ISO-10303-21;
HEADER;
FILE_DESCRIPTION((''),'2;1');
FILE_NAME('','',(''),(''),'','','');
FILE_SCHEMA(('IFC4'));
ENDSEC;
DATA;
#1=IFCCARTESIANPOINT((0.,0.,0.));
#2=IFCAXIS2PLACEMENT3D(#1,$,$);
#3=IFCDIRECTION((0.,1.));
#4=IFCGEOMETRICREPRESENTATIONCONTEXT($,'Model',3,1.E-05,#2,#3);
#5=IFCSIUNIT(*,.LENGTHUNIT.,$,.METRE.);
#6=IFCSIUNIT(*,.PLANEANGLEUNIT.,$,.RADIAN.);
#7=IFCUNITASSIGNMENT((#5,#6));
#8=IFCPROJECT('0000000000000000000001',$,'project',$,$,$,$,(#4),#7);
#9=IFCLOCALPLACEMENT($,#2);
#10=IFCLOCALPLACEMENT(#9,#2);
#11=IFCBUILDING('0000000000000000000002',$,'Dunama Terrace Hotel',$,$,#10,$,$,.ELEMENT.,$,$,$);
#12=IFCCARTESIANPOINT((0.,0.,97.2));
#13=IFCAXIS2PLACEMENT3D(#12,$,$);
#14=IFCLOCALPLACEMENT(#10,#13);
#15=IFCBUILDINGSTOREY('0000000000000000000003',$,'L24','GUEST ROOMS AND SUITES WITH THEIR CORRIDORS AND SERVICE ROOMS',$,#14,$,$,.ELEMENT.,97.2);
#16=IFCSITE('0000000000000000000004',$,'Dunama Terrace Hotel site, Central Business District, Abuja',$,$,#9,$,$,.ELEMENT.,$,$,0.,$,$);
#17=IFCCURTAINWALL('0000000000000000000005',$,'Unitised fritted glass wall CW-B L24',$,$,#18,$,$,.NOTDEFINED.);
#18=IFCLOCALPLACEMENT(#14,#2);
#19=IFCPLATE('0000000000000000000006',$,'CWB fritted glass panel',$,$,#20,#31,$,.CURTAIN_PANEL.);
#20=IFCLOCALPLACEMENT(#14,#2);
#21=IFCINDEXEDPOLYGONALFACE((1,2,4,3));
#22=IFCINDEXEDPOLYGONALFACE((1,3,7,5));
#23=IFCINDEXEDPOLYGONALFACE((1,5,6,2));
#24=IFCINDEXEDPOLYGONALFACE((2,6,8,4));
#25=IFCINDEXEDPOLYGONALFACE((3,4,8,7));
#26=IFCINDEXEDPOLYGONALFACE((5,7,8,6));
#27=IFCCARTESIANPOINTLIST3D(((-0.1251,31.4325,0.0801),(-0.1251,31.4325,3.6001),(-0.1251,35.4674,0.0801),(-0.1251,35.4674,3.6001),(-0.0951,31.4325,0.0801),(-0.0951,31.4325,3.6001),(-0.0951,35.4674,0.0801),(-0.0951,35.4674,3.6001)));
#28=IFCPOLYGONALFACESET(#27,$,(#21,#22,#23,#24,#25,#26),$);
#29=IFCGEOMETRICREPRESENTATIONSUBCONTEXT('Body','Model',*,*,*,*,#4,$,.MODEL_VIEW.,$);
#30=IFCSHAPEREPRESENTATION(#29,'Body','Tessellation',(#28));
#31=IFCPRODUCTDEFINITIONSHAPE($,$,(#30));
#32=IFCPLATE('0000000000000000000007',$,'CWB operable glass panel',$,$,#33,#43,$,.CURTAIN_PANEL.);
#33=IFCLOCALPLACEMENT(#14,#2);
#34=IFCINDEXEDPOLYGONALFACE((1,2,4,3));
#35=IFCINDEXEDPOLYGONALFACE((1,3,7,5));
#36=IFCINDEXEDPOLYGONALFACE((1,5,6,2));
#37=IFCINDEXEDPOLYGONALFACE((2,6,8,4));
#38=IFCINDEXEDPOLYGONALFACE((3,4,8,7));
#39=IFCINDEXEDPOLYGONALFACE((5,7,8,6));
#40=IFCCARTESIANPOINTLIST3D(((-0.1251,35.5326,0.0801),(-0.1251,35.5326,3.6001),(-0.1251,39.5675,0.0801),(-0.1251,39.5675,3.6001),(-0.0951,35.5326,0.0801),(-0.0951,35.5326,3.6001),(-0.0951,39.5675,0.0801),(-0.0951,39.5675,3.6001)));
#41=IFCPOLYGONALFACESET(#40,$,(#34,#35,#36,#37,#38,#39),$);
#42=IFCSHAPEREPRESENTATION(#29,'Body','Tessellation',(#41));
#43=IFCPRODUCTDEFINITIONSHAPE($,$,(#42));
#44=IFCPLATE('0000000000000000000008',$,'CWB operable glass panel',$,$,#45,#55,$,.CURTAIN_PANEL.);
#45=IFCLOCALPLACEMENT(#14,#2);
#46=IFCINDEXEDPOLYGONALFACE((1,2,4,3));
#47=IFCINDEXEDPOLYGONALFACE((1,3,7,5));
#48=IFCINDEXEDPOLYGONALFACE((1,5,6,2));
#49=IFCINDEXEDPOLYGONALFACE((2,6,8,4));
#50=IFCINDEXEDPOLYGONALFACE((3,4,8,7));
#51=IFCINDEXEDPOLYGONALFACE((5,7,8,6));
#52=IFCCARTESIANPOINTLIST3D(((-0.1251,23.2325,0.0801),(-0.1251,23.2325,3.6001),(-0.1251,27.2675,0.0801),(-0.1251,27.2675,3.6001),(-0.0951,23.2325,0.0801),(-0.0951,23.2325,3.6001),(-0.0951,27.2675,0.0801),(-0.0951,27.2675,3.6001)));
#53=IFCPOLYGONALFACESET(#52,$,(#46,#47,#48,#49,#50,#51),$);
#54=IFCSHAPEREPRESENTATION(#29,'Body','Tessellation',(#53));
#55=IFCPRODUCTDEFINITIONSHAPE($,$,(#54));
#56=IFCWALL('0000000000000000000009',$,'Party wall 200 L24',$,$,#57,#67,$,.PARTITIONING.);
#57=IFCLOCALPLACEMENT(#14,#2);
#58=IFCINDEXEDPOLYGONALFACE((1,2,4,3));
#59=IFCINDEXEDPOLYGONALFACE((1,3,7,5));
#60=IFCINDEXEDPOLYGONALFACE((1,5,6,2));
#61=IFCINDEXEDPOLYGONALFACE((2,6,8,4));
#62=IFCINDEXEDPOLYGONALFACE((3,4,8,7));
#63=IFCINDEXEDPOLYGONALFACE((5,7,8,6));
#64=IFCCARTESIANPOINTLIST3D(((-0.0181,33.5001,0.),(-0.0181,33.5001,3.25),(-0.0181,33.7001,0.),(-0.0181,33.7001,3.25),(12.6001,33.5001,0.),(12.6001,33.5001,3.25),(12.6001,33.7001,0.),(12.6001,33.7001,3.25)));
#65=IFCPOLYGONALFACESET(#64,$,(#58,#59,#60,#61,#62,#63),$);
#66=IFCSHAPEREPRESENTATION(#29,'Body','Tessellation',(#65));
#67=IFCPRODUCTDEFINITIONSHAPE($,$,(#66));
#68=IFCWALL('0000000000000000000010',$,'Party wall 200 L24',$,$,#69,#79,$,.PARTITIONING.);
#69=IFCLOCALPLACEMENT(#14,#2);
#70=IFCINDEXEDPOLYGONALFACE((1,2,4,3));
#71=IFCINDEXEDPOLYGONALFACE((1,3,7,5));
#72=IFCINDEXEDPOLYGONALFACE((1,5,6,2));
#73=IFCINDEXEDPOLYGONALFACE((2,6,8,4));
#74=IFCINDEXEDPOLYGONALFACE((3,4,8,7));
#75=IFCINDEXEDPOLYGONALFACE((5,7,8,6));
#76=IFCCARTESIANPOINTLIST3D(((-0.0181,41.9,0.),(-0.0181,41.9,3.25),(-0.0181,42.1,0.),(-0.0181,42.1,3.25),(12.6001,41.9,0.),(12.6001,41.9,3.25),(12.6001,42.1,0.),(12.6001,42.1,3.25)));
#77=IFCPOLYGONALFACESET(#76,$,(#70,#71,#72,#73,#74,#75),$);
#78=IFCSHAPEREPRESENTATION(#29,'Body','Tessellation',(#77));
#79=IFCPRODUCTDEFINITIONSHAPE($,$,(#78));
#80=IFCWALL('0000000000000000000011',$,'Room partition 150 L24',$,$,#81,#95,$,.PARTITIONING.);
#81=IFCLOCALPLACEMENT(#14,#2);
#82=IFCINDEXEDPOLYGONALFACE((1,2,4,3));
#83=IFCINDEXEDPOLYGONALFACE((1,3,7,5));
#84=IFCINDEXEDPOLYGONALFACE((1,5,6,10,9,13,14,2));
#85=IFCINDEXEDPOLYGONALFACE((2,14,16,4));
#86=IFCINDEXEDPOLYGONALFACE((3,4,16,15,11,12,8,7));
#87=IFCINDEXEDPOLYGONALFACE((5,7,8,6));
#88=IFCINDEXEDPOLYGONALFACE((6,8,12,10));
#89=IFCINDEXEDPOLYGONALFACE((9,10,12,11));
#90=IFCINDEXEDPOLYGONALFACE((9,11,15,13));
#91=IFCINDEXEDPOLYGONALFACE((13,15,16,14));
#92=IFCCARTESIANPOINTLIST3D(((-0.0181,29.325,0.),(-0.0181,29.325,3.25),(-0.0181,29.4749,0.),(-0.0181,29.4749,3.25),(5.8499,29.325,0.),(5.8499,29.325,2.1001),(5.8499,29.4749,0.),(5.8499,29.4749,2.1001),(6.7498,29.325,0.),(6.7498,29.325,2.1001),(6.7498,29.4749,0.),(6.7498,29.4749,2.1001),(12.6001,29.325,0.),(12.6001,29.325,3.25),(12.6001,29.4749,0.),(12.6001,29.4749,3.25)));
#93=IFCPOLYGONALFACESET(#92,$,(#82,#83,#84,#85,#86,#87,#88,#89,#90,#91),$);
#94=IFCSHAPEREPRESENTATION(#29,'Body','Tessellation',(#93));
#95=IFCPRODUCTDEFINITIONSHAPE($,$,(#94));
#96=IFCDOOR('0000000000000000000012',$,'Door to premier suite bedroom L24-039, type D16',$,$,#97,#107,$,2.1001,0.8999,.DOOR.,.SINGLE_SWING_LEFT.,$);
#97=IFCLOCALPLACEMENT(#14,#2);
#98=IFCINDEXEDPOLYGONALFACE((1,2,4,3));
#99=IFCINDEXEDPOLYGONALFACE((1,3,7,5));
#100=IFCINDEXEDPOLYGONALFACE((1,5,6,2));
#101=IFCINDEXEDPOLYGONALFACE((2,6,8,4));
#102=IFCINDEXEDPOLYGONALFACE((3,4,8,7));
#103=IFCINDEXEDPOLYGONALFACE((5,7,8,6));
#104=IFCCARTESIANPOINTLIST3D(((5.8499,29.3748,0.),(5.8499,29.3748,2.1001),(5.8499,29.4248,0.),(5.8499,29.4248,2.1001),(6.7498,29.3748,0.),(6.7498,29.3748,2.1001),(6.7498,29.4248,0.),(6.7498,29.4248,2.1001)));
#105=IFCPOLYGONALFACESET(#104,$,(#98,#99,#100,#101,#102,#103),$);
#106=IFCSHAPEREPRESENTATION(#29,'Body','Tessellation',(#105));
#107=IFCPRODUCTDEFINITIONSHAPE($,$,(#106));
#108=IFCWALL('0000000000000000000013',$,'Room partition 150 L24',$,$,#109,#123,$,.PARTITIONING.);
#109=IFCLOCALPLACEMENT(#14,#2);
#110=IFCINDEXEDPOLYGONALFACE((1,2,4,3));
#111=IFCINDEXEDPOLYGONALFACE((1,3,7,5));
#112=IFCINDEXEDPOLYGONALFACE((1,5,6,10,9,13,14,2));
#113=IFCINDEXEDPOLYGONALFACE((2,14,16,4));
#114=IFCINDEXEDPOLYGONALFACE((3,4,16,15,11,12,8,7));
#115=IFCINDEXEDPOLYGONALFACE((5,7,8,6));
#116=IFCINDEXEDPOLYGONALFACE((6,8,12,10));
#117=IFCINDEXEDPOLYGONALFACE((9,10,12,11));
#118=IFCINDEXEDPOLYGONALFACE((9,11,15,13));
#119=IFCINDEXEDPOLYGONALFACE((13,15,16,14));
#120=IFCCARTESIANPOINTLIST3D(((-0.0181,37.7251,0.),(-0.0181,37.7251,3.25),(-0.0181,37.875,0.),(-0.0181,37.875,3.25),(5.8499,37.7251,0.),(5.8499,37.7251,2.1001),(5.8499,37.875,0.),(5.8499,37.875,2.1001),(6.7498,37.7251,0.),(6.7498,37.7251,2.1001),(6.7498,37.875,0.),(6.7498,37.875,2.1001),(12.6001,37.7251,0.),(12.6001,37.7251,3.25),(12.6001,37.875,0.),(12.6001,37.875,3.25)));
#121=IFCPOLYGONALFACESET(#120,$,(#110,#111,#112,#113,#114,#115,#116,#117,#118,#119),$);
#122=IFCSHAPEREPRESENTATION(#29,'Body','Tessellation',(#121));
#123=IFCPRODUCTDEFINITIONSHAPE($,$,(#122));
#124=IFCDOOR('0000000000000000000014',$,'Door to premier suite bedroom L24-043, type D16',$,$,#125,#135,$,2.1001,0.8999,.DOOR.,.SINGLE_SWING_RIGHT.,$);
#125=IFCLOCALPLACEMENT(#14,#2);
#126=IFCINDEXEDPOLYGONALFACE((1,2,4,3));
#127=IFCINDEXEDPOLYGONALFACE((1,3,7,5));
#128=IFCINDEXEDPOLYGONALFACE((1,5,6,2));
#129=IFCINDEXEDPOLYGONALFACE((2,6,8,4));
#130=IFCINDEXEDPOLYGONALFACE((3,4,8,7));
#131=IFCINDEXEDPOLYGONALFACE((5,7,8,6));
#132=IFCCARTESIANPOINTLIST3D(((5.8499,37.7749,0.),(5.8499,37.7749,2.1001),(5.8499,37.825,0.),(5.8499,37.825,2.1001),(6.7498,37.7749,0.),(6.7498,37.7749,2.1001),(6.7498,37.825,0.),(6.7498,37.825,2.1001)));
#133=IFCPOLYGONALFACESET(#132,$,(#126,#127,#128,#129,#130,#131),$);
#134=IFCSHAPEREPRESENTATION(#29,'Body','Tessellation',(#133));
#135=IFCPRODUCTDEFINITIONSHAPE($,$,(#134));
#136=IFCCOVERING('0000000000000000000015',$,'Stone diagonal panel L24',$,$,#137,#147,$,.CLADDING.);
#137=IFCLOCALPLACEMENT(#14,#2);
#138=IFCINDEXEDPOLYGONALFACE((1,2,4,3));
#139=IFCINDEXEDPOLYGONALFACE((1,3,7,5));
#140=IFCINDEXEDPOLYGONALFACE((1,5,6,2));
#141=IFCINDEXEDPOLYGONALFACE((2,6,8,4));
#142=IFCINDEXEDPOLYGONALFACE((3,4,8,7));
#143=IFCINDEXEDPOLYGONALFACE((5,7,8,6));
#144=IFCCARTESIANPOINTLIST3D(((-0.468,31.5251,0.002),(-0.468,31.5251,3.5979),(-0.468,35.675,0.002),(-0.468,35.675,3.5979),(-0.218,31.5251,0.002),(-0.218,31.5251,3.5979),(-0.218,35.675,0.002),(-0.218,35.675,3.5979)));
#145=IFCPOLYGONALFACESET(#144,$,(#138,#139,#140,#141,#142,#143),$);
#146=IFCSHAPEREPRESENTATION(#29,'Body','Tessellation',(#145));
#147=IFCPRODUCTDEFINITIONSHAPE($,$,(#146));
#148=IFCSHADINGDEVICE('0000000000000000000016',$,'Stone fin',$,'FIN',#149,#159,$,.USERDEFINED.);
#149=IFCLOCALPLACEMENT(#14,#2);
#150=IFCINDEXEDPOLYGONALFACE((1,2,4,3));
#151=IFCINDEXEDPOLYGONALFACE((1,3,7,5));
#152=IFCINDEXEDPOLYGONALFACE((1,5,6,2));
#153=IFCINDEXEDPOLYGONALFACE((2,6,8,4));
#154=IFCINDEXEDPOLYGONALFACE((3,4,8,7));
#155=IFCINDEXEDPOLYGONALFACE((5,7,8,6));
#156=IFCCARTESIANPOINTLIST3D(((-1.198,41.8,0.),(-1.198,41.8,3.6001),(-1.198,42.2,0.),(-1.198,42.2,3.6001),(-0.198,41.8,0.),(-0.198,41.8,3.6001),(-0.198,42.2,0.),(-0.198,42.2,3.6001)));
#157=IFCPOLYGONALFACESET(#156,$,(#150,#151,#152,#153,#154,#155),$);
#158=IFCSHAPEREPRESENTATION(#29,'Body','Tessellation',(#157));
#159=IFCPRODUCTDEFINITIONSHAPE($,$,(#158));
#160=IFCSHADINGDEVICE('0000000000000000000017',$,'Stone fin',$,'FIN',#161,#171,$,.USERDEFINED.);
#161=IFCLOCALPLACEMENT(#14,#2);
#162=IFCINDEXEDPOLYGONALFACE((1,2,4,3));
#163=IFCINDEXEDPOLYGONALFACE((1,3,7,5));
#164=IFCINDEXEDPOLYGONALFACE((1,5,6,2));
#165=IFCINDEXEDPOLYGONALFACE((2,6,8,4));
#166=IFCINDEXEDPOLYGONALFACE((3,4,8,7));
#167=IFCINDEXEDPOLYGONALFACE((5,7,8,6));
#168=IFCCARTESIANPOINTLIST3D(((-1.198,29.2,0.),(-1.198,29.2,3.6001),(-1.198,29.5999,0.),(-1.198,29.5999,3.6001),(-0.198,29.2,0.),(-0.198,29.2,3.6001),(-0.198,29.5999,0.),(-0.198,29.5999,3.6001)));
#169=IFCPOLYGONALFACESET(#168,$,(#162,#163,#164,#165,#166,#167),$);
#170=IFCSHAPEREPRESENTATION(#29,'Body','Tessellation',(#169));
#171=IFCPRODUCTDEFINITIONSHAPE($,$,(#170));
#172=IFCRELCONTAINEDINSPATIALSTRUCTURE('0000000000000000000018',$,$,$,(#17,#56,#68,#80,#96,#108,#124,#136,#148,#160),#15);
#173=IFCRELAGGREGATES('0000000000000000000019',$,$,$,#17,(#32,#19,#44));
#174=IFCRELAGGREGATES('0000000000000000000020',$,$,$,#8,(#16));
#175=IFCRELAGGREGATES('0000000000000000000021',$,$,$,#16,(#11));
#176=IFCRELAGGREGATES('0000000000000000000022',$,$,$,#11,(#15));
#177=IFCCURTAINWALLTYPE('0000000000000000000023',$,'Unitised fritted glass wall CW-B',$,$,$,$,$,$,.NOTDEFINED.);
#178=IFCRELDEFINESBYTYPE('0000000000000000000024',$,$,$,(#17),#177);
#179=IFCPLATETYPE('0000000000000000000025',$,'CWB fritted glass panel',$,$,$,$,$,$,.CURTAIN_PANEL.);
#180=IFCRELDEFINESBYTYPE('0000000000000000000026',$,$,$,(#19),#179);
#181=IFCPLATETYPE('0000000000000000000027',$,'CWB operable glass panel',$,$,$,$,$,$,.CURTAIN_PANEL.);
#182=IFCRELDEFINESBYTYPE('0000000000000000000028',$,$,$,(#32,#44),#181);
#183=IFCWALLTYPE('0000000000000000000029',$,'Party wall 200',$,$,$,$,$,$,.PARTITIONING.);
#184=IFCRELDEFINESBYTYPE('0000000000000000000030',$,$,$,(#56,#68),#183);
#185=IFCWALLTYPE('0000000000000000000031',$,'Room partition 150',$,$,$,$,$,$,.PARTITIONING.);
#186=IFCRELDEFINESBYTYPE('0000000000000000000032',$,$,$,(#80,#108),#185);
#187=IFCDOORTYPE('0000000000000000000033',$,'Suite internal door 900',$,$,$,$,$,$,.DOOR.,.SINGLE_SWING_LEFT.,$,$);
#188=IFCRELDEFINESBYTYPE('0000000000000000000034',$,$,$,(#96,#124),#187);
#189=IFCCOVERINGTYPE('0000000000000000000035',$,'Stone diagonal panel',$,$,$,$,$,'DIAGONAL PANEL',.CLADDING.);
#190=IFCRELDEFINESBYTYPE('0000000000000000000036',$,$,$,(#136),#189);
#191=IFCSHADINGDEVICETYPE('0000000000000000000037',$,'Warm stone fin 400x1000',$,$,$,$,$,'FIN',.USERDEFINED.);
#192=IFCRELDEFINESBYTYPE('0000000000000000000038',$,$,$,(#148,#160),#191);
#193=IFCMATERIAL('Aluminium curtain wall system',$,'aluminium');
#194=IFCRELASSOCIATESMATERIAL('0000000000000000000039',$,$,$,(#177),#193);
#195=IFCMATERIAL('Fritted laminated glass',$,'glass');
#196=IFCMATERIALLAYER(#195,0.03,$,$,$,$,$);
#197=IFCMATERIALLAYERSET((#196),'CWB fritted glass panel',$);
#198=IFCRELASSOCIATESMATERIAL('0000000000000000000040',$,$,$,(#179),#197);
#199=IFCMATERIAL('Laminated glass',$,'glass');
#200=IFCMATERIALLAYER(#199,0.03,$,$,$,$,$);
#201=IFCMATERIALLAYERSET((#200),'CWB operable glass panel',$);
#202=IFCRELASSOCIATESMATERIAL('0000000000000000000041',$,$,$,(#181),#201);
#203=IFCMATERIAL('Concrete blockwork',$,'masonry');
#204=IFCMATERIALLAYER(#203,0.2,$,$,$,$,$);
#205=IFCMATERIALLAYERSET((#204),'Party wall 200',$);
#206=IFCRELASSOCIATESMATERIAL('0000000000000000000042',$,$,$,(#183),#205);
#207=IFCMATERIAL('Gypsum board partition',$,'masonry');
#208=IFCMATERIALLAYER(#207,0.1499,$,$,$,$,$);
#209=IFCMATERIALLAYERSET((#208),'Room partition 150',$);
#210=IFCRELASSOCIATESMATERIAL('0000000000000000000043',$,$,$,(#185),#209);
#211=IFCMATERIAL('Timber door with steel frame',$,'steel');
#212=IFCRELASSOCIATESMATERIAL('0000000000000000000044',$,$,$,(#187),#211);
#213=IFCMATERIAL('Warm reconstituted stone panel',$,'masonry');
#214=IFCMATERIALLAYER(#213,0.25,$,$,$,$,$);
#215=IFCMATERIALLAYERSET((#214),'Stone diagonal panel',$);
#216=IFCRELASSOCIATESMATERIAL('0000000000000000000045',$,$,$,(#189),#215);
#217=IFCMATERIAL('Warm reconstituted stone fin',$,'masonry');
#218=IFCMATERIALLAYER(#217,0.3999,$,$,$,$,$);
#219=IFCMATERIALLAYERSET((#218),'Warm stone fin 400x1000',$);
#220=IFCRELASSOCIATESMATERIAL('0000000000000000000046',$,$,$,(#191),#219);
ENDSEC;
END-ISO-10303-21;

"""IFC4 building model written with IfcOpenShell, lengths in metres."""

from ifc_helpers import new_model, si_unit, direction, frame, frame_2d, origin, origin_2d, place, context, subcontext, project, spatial, rectangle, extrude, material, layer, layer_set, type_object, element, fill, aggregate, save


model = new_model("IFC4")

# Units and contexts
model_context = context("Model", 3, precision=1e-05, world=origin(), true_north=direction((0.0, 1.0)))
body_context = subcontext(model_context, "Body", "Model", "MODEL_VIEW")
ifc_project = project(units=[si_unit("LENGTHUNIT", "METRE"), si_unit("PLANEANGLEUNIT", "RADIAN")], contexts=[model_context])

# Site, building, storey
site_placement = place(None, origin())
site = spatial("IfcSite", under=ifc_project, at=site_placement, Name="Dunama Terrace Hotel site, Central Business District, Abuja", CompositionType="ELEMENT", RefElevation=0.0)
building_placement = place(site_placement, origin())
building = spatial("IfcBuilding", under=site, at=building_placement, Name="Dunama Terrace Hotel", CompositionType="ELEMENT")
storey_placement = place(building_placement, frame((0.0, 0.0, 97.2)))
storey = spatial("IfcBuildingStorey", under=building, at=storey_placement, Name="L24", Description="GUEST ROOMS AND SUITES WITH THEIR CORRIDORS AND SERVICE ROOMS", CompositionType="ELEMENT", Elevation=97.2)

# Curtain wall
ifc_material_1 = material(Name="Aluminium curtain wall system", Category="aluminium")
curtain_wall_type = type_object("IfcCurtainWallType", Name="Unitised fritted glass wall CW-B", PredefinedType="NOTDEFINED", material=ifc_material_1)
curtain_wall_placement = place(storey_placement, origin())
curtain_wall = element("IfcCurtainWall", 1, at=curtain_wall_placement, inside=storey, type_object=curtain_wall_type, Name="Unitised fritted glass wall CW-B L24", PredefinedType="NOTDEFINED")

# Plates
ifc_material_2 = material(Name="Fritted laminated glass", Category="glass")
ifc_layer_1 = layer(ifc_material_2, 0.03)
ifc_layer_set_1 = layer_set([ifc_layer_1], Name="CWB fritted glass panel")
plate_type_1 = type_object("IfcPlateType", Name="CWB fritted glass panel", PredefinedType="CURTAIN_PANEL", material=ifc_layer_set_1)
plate_1_placement = place(storey_placement, frame((-0.1101, 33.45, 0.0801), z_axis=(0.0, 0.0, 1.0), x_axis=(0.0, -1.0, 0.0)))
plate_1 = element("IfcPlate", 2, at=plate_1_placement, type_object=plate_type_1, Name="CWB fritted glass panel", PredefinedType="CURTAIN_PANEL", context=body_context, shape_type="SweptSolid", body=[
    extrude(rectangle(XDim=4.0349, YDim=0.03, at=origin_2d()), origin(), (0.0, 0.0, 1.0), 3.52),
])
ifc_material_3 = material(Name="Laminated glass", Category="glass")
ifc_layer_2 = layer(ifc_material_3, 0.03)
ifc_layer_set_2 = layer_set([ifc_layer_2], Name="CWB operable glass panel")
plate_type_2 = type_object("IfcPlateType", Name="CWB operable glass panel", PredefinedType="CURTAIN_PANEL", material=ifc_layer_set_2)
plate_2_placement = place(storey_placement, frame((-0.1101, 37.55, 0.0801), z_axis=(0.0, 0.0, 1.0), x_axis=(0.0, -1.0, 0.0)))
plate_2 = element("IfcPlate", 3, at=plate_2_placement, type_object=plate_type_2, Name="CWB operable glass panel", PredefinedType="CURTAIN_PANEL", context=body_context, shape_type="SweptSolid", body=[
    extrude(rectangle(XDim=4.0349, YDim=0.03, at=origin_2d()), origin(), (0.0, 0.0, 1.0), 3.52),
])
plate_3_placement = place(storey_placement, frame((-0.1101, 25.25, 0.0801), z_axis=(0.0, 0.0, 1.0), x_axis=(0.0, -1.0, 0.0)))
plate_3 = element("IfcPlate", 4, at=plate_3_placement, type_object=plate_type_2, Name="CWB operable glass panel", PredefinedType="CURTAIN_PANEL", context=body_context, shape_type="SweptSolid", body=[
    extrude(rectangle(XDim=4.0349, YDim=0.03, at=origin_2d()), origin(), (0.0, 0.0, 1.0), 3.52),
])
aggregate(curtain_wall, [plate_2, plate_1, plate_3])

# Walls
ifc_material_4 = material(Name="Concrete blockwork", Category="masonry")
ifc_layer_3 = layer(ifc_material_4, 0.2)
ifc_layer_set_3 = layer_set([ifc_layer_3], Name="Party wall 200")
wall_type_1 = type_object("IfcWallType", Name="Party wall 200", PredefinedType="PARTITIONING", material=ifc_layer_set_3)
for number, where, z_axis, x_axis, name in (
    (5, (-0.0181, 33.6001, 0.0), (0.0, 0.0, 1.0), (1.0, 0.0, 0.0), "Party wall 200 L24"),
    (6, (-0.0181, 42.0, 0.0), (0.0, 0.0, 1.0), (1.0, 0.0, 0.0), "Party wall 200 L24"),
):
    element("IfcWall", number, at=place(storey_placement, frame(where, z_axis=z_axis, x_axis=x_axis)), inside=storey, type_object=wall_type_1, Name=name, PredefinedType="PARTITIONING", context=body_context, shape_type="SweptSolid", body=[
        extrude(rectangle(XDim=12.6182, YDim=0.2, at=frame_2d((6.3091, 0.0))), origin(), (0.0, 0.0, 1.0), 3.25),
    ])

# Walls, openings, doors
ifc_material_5 = material(Name="Gypsum board partition", Category="masonry")
ifc_layer_4 = layer(ifc_material_5, 0.1499)
ifc_layer_set_4 = layer_set([ifc_layer_4], Name="Room partition 150")
wall_type_2 = type_object("IfcWallType", Name="Room partition 150", PredefinedType="PARTITIONING", material=ifc_layer_set_4)
wall_1_placement = place(storey_placement, frame((-0.0181, 29.3999, 0.0), z_axis=(0.0, 0.0, 1.0), x_axis=(1.0, 0.0, 0.0)))
wall_1 = element("IfcWall", 7, at=wall_1_placement, inside=storey, type_object=wall_type_2, Name="Room partition 150 L24", PredefinedType="PARTITIONING", context=body_context, shape_type="SweptSolid", body=[
    extrude(rectangle(XDim=12.6182, YDim=0.1499, at=frame_2d((6.3091, 0.0))), origin(), (0.0, 0.0, 1.0), 3.25),
])
opening_1_placement = place(wall_1_placement, frame((5.8679, 0.0, 0.0)))
opening_1 = element("IfcOpeningElement", 8, at=opening_1_placement, cuts=wall_1, PredefinedType="OPENING", context=body_context, shape_type="SweptSolid", body=[
    extrude(rectangle(XDim=0.8999, YDim=2.1001, at=frame_2d((0.45, 1.05))), frame((0.0, 0.085, 0.0), z_axis=(0.0, -1.0, 0.0), x_axis=(1.0, 0.0, 0.0)), (0.0, 0.0, 1.0), 0.1699),
])
ifc_material_6 = material(Name="Timber door with steel frame", Category="steel")
door_type = type_object("IfcDoorType", Name="Suite internal door 900", OperationType="SINGLE_SWING_LEFT", PredefinedType="DOOR", material=ifc_material_6)
door_1_placement = place(opening_1_placement, frame((0.8999, 0.0, 0.0), z_axis=(0.0, 0.0, 1.0), x_axis=(-1.0, 0.0, 0.0)))
door_1 = element("IfcDoor", 9, at=door_1_placement, inside=storey, type_object=door_type, Name="Door to premier suite bedroom L24-039, type D16", OperationType="SINGLE_SWING_LEFT", OverallHeight=2.1001, OverallWidth=0.8999, PredefinedType="DOOR", context=body_context, shape_type="SweptSolid", body=[
    extrude(rectangle(XDim=0.8999, YDim=2.1001, at=frame_2d((0.45, 1.05))), frame((0.0, 0.0251, 0.0), z_axis=(0.0, -1.0, 0.0), x_axis=(1.0, 0.0, 0.0)), (0.0, 0.0, 1.0), 0.05),
])
fill(opening_1, door_1)
wall_2_placement = place(storey_placement, frame((-0.0181, 37.8, 0.0), z_axis=(0.0, 0.0, 1.0), x_axis=(1.0, 0.0, 0.0)))
wall_2 = element("IfcWall", 10, at=wall_2_placement, inside=storey, type_object=wall_type_2, Name="Room partition 150 L24", PredefinedType="PARTITIONING", context=body_context, shape_type="SweptSolid", body=[
    extrude(rectangle(XDim=12.6182, YDim=0.1499, at=frame_2d((6.3091, 0.0))), origin(), (0.0, 0.0, 1.0), 3.25),
])
opening_2_placement = place(wall_2_placement, frame((5.8679, 0.0, 0.0)))
opening_2 = element("IfcOpeningElement", 11, at=opening_2_placement, cuts=wall_2, PredefinedType="OPENING", context=body_context, shape_type="SweptSolid", body=[
    extrude(rectangle(XDim=0.8999, YDim=2.1001, at=frame_2d((0.45, 1.05))), frame((0.0, 0.085, 0.0), z_axis=(0.0, -1.0, 0.0), x_axis=(1.0, 0.0, 0.0)), (0.0, 0.0, 1.0), 0.1699),
])
door_2_placement = place(opening_2_placement, origin())
door_2 = element("IfcDoor", 12, at=door_2_placement, inside=storey, type_object=door_type, Name="Door to premier suite bedroom L24-043, type D16", OperationType="SINGLE_SWING_RIGHT", OverallHeight=2.1001, OverallWidth=0.8999, PredefinedType="DOOR", context=body_context, shape_type="SweptSolid", body=[
    extrude(rectangle(XDim=0.8999, YDim=2.1001, at=frame_2d((0.45, 1.05))), frame((0.0, 0.0249, 0.0), z_axis=(0.0, -1.0, 0.0), x_axis=(1.0, 0.0, 0.0)), (0.0, 0.0, 1.0), 0.05),
])
fill(opening_2, door_2)

# Covering
ifc_material_7 = material(Name="Warm reconstituted stone panel", Category="masonry")
ifc_layer_5 = layer(ifc_material_7, 0.25)
ifc_layer_set_5 = layer_set([ifc_layer_5], Name="Stone diagonal panel")
covering_type = type_object("IfcCoveringType", Name="Stone diagonal panel", ElementType="DIAGONAL PANEL", PredefinedType="CLADDING", material=ifc_layer_set_5)
covering_placement = place(storey_placement, frame((-0.343, 33.6001, 0.002), z_axis=(0.0, 0.0, 1.0), x_axis=(0.0, -1.0, 0.0)))
element("IfcCovering", 13, at=covering_placement, inside=storey, type_object=covering_type, Name="Stone diagonal panel L24", PredefinedType="CLADDING", context=body_context, shape_type="SweptSolid", body=[
    extrude(rectangle(XDim=4.1499, YDim=0.25, at=origin_2d()), origin(), (0.0, 0.0, 1.0), 3.5959),
])

# Shading devices
ifc_material_8 = material(Name="Warm reconstituted stone fin", Category="masonry")
ifc_layer_6 = layer(ifc_material_8, 0.3999)
ifc_layer_set_6 = layer_set([ifc_layer_6], Name="Warm stone fin 400x1000")
shading_device_type = type_object("IfcShadingDeviceType", Name="Warm stone fin 400x1000", ElementType="FIN", PredefinedType="USERDEFINED", material=ifc_layer_set_6)
for number, where, z_axis, x_axis, name in (
    (14, (-0.698, 42.0, 0.0), (0.0, 0.0, 1.0), (0.0, -1.0, 0.0), "Stone fin"),
    (15, (-0.698, 29.3999, 0.0), (0.0, 0.0, 1.0), (0.0, -1.0, 0.0), "Stone fin"),
):
    element("IfcShadingDevice", number, at=place(storey_placement, frame(where, z_axis=z_axis, x_axis=x_axis)), inside=storey, type_object=shading_device_type, Name=name, ObjectType="FIN", PredefinedType="USERDEFINED", context=body_context, shape_type="SweptSolid", body=[
        extrude(rectangle(XDim=0.3999, YDim=1.0, at=origin_2d()), origin(), (0.0, 0.0, 1.0), 3.6001),
    ])

save(model, "model.ifc")
